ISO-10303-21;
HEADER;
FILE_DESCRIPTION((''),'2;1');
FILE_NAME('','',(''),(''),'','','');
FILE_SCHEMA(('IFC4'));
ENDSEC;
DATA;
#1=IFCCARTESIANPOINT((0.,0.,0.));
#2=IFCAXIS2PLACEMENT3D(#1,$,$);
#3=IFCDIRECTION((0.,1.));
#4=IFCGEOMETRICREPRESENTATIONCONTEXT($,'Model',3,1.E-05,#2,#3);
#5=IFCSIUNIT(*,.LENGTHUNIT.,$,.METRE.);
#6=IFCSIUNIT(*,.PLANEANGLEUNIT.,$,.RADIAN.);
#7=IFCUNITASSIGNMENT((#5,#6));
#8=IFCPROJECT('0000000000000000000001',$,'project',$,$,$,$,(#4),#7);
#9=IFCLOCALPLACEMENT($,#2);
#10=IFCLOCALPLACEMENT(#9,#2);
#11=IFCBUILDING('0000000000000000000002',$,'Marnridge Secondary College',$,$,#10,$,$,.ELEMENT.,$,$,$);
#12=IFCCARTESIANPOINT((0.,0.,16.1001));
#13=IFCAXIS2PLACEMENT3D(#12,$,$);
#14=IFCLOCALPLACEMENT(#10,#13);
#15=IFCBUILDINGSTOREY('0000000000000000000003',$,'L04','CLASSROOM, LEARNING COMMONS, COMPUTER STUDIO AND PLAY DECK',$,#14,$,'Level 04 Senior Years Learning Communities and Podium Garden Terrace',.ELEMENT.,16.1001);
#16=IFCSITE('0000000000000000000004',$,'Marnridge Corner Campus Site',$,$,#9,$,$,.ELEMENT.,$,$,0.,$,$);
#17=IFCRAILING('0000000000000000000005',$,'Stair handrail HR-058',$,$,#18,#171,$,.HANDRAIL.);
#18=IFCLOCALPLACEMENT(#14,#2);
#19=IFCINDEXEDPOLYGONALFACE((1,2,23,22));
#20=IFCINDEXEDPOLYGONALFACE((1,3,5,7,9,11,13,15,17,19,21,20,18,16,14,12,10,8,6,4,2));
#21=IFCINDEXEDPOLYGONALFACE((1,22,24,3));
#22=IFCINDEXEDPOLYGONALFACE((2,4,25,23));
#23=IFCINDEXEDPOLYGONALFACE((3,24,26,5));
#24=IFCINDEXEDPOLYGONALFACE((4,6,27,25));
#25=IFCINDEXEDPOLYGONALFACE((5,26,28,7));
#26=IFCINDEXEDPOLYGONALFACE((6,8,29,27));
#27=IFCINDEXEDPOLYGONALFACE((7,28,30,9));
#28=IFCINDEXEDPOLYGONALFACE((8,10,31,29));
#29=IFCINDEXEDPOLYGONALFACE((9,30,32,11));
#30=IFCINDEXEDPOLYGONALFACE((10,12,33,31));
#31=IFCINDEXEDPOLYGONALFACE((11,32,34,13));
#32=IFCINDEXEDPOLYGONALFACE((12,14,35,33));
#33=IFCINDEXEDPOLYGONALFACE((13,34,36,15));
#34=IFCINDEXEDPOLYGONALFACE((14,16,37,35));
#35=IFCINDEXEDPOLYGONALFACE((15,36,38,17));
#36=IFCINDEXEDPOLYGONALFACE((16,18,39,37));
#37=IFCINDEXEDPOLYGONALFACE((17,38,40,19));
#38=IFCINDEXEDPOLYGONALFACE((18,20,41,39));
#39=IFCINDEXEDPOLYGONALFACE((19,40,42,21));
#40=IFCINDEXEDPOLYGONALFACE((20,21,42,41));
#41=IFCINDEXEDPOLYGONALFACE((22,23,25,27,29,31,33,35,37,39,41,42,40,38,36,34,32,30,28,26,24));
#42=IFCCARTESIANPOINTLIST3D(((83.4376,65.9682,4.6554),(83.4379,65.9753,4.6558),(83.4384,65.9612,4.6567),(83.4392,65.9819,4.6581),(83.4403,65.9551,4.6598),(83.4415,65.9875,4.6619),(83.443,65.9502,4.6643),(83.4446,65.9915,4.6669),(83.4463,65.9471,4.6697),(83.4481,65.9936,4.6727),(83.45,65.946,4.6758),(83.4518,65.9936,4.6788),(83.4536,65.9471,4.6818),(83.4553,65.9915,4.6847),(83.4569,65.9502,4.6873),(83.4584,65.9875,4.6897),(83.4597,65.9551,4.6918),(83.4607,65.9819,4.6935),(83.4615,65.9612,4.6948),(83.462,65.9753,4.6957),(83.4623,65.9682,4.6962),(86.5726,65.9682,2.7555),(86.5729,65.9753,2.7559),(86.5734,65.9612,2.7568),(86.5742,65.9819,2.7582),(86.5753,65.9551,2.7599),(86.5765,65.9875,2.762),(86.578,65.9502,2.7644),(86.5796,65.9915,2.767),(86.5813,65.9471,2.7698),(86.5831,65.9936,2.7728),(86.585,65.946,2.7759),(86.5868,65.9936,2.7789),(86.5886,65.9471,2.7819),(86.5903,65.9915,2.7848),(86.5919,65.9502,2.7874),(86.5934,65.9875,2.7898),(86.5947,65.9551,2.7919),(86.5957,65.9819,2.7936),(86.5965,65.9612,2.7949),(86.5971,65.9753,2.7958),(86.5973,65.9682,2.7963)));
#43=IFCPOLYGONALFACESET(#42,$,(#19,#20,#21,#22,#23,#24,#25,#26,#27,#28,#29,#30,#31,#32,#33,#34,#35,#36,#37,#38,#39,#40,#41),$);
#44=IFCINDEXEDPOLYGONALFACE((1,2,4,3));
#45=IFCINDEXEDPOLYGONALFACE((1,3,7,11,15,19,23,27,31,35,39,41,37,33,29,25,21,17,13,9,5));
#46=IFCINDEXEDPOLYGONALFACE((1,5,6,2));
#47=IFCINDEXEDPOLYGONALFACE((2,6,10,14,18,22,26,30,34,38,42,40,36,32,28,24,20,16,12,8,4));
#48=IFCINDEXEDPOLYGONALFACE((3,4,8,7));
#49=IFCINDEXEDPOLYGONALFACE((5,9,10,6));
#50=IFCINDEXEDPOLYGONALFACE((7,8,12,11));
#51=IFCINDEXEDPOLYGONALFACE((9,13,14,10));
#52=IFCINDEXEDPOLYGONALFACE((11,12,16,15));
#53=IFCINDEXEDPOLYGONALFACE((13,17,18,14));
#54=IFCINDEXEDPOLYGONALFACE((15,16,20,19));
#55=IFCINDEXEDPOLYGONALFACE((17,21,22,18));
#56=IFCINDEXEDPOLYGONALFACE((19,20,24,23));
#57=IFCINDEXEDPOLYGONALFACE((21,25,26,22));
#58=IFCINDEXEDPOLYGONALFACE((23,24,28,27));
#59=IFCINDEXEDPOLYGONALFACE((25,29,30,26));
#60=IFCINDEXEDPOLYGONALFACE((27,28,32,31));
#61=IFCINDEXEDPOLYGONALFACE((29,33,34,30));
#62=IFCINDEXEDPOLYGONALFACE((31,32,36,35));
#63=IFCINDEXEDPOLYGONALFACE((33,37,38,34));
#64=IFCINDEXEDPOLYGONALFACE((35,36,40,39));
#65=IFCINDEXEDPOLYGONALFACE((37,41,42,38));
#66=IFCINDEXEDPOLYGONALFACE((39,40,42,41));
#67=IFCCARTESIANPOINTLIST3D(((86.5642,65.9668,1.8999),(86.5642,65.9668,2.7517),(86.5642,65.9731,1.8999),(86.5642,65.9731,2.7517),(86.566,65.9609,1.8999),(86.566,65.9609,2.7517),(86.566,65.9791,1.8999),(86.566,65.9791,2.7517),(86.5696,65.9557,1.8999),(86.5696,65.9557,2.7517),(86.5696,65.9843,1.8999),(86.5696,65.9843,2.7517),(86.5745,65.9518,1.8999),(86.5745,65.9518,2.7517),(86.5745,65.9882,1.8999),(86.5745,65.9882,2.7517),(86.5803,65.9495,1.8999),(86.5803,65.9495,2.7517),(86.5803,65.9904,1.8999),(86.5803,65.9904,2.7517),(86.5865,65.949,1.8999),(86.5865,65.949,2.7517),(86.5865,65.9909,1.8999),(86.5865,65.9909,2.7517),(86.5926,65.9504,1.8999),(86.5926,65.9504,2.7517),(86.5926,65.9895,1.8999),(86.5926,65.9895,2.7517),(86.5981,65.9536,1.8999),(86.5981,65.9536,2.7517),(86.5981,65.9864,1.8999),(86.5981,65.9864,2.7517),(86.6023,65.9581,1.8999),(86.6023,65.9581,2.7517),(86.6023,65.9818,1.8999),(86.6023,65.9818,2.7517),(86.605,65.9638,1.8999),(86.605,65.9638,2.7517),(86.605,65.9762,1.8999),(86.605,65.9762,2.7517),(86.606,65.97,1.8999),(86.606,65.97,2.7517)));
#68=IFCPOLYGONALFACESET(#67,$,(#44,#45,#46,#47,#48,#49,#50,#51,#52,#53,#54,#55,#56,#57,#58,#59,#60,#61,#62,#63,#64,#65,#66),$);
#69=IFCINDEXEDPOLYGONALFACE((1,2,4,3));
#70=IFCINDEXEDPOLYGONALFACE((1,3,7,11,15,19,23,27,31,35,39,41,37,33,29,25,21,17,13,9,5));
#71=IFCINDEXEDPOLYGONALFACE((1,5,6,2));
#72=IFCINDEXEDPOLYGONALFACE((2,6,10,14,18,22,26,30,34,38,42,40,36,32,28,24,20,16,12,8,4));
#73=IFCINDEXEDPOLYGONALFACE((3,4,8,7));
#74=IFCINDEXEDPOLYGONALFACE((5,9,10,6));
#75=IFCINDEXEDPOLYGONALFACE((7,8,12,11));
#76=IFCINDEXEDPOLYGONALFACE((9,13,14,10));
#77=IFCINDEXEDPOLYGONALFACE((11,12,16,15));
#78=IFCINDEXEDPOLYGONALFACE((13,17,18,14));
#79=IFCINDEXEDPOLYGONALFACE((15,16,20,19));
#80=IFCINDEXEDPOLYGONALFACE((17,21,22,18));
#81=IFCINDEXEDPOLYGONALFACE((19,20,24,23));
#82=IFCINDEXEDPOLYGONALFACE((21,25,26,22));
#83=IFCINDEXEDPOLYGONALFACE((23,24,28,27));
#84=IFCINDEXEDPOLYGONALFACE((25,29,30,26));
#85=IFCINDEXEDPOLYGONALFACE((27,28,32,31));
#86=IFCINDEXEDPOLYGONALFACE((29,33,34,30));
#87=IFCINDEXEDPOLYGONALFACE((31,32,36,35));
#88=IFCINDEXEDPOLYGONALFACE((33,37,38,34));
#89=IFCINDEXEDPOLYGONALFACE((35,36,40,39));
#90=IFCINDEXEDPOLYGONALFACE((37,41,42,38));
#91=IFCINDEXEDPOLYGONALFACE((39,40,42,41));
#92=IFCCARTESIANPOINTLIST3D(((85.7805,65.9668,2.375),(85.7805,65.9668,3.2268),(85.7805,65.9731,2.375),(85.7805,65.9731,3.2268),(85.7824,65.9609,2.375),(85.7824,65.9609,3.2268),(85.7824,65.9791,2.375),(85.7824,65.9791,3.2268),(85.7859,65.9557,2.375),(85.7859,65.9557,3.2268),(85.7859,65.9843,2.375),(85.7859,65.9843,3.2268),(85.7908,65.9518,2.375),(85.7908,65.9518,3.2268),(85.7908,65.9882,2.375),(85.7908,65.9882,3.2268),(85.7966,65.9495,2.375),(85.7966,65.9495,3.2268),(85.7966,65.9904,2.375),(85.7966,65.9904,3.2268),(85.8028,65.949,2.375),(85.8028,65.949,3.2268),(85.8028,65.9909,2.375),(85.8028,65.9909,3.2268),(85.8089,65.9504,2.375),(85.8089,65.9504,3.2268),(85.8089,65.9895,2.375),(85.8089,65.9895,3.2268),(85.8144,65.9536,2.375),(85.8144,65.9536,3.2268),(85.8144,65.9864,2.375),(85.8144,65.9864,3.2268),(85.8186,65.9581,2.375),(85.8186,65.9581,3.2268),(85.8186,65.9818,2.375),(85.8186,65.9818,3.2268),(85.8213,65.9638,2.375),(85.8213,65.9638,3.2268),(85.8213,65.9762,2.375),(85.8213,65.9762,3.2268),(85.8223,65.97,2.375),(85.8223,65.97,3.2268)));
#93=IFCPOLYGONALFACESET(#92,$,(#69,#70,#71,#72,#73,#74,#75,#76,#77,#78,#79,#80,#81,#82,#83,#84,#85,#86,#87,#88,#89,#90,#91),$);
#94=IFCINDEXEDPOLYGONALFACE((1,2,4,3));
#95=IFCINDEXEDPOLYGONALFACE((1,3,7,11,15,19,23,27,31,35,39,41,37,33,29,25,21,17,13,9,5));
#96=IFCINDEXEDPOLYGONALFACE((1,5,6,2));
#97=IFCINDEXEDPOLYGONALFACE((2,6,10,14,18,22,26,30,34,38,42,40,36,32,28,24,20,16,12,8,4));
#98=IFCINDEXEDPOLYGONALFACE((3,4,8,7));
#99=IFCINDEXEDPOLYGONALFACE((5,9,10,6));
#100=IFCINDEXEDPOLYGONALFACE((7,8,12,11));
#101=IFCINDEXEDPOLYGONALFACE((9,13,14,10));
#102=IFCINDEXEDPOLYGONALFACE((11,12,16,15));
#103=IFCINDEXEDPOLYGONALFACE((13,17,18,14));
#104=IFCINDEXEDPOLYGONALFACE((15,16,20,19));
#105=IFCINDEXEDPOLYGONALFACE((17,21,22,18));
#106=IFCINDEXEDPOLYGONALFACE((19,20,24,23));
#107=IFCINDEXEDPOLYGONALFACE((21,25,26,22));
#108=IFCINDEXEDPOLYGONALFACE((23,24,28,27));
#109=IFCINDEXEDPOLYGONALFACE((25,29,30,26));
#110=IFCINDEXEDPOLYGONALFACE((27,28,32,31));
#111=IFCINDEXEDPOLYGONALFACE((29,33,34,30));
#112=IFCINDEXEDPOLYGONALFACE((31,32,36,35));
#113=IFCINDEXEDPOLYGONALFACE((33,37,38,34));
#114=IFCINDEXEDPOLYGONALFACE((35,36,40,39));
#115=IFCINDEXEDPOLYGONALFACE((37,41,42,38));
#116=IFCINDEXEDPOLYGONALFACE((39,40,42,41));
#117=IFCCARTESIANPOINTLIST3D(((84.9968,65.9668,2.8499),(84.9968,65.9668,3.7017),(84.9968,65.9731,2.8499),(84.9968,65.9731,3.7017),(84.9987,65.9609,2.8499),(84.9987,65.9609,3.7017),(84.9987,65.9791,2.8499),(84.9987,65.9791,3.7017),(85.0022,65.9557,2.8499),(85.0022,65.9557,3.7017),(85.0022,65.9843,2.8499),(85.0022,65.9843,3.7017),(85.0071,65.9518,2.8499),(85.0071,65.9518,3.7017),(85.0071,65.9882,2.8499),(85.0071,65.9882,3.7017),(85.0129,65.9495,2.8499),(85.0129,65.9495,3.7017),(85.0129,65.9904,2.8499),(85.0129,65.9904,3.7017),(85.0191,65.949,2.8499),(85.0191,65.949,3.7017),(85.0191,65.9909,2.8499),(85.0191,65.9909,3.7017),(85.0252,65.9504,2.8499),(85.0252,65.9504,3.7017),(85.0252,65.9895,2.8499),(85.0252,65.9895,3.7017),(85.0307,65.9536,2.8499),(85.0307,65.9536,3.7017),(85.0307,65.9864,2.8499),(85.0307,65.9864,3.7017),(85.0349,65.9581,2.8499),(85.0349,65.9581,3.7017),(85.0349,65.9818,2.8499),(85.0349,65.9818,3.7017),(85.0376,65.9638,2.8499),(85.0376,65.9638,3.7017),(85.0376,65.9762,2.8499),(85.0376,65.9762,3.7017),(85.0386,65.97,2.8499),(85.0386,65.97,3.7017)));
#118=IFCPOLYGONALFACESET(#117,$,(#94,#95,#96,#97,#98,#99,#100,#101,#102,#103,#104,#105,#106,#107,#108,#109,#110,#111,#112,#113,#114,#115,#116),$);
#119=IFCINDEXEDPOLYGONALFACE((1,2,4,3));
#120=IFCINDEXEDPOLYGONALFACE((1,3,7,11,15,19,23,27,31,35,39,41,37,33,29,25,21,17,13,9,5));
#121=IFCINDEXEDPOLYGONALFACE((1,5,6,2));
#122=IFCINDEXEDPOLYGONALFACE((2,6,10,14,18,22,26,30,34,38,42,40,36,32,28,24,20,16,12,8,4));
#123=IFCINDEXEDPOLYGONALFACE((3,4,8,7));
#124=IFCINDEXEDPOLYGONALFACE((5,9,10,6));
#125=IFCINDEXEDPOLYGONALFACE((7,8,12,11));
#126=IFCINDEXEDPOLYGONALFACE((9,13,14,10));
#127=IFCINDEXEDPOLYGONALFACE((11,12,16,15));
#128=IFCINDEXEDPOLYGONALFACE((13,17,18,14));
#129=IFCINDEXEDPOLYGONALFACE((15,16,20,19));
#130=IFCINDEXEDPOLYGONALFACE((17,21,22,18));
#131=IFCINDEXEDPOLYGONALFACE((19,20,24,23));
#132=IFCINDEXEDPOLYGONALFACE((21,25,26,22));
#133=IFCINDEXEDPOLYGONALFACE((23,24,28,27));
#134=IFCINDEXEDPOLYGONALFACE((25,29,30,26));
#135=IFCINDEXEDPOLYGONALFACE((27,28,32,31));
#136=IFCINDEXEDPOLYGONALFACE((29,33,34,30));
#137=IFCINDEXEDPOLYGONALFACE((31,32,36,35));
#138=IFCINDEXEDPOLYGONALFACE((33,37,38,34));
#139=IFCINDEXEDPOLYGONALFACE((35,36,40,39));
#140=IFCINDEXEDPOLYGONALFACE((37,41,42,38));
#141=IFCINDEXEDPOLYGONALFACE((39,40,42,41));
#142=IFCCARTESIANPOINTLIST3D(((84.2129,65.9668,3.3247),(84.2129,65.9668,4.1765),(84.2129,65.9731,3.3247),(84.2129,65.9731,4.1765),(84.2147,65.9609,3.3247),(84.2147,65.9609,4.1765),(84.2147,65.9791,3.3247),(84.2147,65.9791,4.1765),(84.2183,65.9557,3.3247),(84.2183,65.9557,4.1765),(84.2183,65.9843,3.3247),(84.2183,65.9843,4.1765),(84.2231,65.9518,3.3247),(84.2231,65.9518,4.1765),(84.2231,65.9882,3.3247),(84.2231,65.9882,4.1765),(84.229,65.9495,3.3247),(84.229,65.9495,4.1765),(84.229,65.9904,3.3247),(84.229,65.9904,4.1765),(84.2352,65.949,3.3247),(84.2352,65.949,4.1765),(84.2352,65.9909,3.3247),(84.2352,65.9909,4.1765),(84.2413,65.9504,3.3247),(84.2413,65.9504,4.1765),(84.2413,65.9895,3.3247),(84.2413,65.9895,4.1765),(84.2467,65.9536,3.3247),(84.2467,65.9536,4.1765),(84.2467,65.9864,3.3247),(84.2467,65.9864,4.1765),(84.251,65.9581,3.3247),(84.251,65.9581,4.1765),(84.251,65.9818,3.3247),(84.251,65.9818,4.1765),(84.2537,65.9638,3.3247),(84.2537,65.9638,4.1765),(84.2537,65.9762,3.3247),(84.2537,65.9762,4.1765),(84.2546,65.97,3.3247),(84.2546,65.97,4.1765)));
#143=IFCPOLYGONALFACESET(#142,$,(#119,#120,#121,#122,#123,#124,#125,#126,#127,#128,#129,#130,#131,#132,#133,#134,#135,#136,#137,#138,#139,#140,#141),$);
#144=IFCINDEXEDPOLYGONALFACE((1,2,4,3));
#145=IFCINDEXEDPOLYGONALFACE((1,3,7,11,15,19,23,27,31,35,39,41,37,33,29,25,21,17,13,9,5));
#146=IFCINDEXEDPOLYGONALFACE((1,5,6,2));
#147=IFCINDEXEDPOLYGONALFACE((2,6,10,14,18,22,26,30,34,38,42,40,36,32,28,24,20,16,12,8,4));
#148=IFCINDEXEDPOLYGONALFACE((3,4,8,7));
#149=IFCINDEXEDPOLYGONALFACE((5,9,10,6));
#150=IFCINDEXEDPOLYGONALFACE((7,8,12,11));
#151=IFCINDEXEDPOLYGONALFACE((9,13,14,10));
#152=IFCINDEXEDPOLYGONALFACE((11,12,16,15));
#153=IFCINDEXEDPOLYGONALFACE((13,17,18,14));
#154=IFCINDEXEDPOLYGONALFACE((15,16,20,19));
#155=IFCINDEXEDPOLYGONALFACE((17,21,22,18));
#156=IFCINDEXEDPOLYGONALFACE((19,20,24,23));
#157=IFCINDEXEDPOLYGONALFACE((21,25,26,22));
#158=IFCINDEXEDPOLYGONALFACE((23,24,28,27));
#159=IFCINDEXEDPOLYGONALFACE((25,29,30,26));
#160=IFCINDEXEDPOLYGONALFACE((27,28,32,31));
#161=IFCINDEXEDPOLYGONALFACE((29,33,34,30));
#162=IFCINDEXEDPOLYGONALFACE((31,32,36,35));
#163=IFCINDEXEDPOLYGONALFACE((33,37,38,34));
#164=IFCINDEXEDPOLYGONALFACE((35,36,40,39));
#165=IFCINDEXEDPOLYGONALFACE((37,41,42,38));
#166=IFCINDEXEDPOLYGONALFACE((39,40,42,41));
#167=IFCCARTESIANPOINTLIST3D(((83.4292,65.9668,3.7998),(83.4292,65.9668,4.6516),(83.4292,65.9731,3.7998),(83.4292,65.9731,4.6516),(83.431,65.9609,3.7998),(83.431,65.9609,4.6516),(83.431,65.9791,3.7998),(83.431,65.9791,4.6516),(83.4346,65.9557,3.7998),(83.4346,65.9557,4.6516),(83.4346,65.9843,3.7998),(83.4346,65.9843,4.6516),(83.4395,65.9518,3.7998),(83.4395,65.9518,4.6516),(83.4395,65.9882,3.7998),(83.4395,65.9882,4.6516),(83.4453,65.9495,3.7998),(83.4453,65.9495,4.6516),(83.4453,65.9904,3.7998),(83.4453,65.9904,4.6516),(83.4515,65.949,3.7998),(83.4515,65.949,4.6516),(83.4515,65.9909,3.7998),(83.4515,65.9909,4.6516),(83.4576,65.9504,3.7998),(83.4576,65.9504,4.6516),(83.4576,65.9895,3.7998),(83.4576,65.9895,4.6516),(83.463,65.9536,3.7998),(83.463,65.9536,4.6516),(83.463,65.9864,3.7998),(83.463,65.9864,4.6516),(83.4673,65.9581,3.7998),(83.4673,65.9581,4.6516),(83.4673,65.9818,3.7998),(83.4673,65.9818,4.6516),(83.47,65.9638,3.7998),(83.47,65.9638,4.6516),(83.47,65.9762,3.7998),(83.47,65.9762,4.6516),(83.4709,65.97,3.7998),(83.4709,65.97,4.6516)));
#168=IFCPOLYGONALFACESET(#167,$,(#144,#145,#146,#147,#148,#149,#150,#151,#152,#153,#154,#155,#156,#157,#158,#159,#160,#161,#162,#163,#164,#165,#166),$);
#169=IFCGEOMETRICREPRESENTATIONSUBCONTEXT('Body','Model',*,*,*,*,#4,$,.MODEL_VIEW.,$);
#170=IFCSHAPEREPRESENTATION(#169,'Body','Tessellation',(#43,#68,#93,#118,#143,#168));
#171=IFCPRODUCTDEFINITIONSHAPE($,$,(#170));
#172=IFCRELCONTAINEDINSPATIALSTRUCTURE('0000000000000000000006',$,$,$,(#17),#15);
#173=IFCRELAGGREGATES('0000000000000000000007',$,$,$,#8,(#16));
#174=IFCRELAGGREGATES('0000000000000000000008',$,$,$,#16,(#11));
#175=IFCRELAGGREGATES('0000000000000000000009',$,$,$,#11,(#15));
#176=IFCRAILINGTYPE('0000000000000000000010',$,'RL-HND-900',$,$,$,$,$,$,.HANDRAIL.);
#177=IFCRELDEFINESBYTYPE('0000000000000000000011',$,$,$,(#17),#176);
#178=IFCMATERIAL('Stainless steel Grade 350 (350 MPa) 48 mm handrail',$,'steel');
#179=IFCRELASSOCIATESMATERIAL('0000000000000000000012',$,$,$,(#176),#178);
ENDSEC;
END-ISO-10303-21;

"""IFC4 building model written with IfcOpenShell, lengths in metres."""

from ifc_helpers import new_model, si_unit, direction, frame, origin, origin_2d, place, context, subcontext, project, spatial, circle, extrude, material, type_object, element, save


model = new_model("IFC4")

# Units and contexts
model_context = context("Model", 3, precision=1e-05, world=origin(), true_north=direction((0.0, 1.0)))
body_context = subcontext(model_context, "Body", "Model", "MODEL_VIEW")
ifc_project = project(units=[si_unit("LENGTHUNIT", "METRE"), si_unit("PLANEANGLEUNIT", "RADIAN")], contexts=[model_context])

# Site, building, storey
site_placement = place(None, origin())
site = spatial("IfcSite", under=ifc_project, at=site_placement, Name="Marnridge Corner Campus Site", CompositionType="ELEMENT", RefElevation=0.0)
building_placement = place(site_placement, origin())
building = spatial("IfcBuilding", under=site, at=building_placement, Name="Marnridge Secondary College", CompositionType="ELEMENT")
storey_placement = place(building_placement, frame((0.0, 0.0, 16.1001)))
storey = spatial("IfcBuildingStorey", under=building, at=storey_placement, Name="L04", Description="CLASSROOM, LEARNING COMMONS, COMPUTER STUDIO AND PLAY DECK", LongName="Level 04 Senior Years Learning Communities and Podium Garden Terrace", CompositionType="ELEMENT", Elevation=16.1001)

# Railing
ifc_material_1 = material(Name="Stainless steel Grade 350 (350 MPa) 48 mm handrail", Category="steel")
railing_type_1 = type_object("IfcRailingType", Name="RL-HND-900", PredefinedType="HANDRAIL", material=ifc_material_1)
for number, where, name in (
    (1, (86.585, 65.97, 1.8999), "Stair handrail HR-058"),
):
    element("IfcRailing", number, at=place(storey_placement, frame(where)), inside=storey, type_object=railing_type_1, Name=name, PredefinedType="HANDRAIL", context=body_context, shape_type="SweptSolid", body=[
        extrude(circle(Radius=0.0239, at=origin_2d()), frame((0.0, 0.0, 0.876), z_axis=(-0.85521, 0.0, 0.518281), x_axis=(0.0, -1.0, 0.0)), (0.0, 0.0, 1.0), 3.6658),
        extrude(circle(Radius=0.021, at=origin_2d()), origin(), (0.0, 0.0, 1.0), 0.8518),
        extrude(circle(Radius=0.021, at=origin_2d()), frame((-0.7837, 0.0, 0.4751)), (0.0, 0.0, 1.0), 0.8518),
        extrude(circle(Radius=0.021, at=origin_2d()), frame((-1.5674, 0.0, 0.95)), (0.0, 0.0, 1.0), 0.8518),
        extrude(circle(Radius=0.021, at=origin_2d()), frame((-2.3513, 0.0, 1.4248)), (0.0, 0.0, 1.0), 0.8518),
        extrude(circle(Radius=0.021, at=origin_2d()), frame((-3.135, 0.0, 1.8999)), (0.0, 0.0, 1.0), 0.8518),
    ])

save(model, "model.ifc")
